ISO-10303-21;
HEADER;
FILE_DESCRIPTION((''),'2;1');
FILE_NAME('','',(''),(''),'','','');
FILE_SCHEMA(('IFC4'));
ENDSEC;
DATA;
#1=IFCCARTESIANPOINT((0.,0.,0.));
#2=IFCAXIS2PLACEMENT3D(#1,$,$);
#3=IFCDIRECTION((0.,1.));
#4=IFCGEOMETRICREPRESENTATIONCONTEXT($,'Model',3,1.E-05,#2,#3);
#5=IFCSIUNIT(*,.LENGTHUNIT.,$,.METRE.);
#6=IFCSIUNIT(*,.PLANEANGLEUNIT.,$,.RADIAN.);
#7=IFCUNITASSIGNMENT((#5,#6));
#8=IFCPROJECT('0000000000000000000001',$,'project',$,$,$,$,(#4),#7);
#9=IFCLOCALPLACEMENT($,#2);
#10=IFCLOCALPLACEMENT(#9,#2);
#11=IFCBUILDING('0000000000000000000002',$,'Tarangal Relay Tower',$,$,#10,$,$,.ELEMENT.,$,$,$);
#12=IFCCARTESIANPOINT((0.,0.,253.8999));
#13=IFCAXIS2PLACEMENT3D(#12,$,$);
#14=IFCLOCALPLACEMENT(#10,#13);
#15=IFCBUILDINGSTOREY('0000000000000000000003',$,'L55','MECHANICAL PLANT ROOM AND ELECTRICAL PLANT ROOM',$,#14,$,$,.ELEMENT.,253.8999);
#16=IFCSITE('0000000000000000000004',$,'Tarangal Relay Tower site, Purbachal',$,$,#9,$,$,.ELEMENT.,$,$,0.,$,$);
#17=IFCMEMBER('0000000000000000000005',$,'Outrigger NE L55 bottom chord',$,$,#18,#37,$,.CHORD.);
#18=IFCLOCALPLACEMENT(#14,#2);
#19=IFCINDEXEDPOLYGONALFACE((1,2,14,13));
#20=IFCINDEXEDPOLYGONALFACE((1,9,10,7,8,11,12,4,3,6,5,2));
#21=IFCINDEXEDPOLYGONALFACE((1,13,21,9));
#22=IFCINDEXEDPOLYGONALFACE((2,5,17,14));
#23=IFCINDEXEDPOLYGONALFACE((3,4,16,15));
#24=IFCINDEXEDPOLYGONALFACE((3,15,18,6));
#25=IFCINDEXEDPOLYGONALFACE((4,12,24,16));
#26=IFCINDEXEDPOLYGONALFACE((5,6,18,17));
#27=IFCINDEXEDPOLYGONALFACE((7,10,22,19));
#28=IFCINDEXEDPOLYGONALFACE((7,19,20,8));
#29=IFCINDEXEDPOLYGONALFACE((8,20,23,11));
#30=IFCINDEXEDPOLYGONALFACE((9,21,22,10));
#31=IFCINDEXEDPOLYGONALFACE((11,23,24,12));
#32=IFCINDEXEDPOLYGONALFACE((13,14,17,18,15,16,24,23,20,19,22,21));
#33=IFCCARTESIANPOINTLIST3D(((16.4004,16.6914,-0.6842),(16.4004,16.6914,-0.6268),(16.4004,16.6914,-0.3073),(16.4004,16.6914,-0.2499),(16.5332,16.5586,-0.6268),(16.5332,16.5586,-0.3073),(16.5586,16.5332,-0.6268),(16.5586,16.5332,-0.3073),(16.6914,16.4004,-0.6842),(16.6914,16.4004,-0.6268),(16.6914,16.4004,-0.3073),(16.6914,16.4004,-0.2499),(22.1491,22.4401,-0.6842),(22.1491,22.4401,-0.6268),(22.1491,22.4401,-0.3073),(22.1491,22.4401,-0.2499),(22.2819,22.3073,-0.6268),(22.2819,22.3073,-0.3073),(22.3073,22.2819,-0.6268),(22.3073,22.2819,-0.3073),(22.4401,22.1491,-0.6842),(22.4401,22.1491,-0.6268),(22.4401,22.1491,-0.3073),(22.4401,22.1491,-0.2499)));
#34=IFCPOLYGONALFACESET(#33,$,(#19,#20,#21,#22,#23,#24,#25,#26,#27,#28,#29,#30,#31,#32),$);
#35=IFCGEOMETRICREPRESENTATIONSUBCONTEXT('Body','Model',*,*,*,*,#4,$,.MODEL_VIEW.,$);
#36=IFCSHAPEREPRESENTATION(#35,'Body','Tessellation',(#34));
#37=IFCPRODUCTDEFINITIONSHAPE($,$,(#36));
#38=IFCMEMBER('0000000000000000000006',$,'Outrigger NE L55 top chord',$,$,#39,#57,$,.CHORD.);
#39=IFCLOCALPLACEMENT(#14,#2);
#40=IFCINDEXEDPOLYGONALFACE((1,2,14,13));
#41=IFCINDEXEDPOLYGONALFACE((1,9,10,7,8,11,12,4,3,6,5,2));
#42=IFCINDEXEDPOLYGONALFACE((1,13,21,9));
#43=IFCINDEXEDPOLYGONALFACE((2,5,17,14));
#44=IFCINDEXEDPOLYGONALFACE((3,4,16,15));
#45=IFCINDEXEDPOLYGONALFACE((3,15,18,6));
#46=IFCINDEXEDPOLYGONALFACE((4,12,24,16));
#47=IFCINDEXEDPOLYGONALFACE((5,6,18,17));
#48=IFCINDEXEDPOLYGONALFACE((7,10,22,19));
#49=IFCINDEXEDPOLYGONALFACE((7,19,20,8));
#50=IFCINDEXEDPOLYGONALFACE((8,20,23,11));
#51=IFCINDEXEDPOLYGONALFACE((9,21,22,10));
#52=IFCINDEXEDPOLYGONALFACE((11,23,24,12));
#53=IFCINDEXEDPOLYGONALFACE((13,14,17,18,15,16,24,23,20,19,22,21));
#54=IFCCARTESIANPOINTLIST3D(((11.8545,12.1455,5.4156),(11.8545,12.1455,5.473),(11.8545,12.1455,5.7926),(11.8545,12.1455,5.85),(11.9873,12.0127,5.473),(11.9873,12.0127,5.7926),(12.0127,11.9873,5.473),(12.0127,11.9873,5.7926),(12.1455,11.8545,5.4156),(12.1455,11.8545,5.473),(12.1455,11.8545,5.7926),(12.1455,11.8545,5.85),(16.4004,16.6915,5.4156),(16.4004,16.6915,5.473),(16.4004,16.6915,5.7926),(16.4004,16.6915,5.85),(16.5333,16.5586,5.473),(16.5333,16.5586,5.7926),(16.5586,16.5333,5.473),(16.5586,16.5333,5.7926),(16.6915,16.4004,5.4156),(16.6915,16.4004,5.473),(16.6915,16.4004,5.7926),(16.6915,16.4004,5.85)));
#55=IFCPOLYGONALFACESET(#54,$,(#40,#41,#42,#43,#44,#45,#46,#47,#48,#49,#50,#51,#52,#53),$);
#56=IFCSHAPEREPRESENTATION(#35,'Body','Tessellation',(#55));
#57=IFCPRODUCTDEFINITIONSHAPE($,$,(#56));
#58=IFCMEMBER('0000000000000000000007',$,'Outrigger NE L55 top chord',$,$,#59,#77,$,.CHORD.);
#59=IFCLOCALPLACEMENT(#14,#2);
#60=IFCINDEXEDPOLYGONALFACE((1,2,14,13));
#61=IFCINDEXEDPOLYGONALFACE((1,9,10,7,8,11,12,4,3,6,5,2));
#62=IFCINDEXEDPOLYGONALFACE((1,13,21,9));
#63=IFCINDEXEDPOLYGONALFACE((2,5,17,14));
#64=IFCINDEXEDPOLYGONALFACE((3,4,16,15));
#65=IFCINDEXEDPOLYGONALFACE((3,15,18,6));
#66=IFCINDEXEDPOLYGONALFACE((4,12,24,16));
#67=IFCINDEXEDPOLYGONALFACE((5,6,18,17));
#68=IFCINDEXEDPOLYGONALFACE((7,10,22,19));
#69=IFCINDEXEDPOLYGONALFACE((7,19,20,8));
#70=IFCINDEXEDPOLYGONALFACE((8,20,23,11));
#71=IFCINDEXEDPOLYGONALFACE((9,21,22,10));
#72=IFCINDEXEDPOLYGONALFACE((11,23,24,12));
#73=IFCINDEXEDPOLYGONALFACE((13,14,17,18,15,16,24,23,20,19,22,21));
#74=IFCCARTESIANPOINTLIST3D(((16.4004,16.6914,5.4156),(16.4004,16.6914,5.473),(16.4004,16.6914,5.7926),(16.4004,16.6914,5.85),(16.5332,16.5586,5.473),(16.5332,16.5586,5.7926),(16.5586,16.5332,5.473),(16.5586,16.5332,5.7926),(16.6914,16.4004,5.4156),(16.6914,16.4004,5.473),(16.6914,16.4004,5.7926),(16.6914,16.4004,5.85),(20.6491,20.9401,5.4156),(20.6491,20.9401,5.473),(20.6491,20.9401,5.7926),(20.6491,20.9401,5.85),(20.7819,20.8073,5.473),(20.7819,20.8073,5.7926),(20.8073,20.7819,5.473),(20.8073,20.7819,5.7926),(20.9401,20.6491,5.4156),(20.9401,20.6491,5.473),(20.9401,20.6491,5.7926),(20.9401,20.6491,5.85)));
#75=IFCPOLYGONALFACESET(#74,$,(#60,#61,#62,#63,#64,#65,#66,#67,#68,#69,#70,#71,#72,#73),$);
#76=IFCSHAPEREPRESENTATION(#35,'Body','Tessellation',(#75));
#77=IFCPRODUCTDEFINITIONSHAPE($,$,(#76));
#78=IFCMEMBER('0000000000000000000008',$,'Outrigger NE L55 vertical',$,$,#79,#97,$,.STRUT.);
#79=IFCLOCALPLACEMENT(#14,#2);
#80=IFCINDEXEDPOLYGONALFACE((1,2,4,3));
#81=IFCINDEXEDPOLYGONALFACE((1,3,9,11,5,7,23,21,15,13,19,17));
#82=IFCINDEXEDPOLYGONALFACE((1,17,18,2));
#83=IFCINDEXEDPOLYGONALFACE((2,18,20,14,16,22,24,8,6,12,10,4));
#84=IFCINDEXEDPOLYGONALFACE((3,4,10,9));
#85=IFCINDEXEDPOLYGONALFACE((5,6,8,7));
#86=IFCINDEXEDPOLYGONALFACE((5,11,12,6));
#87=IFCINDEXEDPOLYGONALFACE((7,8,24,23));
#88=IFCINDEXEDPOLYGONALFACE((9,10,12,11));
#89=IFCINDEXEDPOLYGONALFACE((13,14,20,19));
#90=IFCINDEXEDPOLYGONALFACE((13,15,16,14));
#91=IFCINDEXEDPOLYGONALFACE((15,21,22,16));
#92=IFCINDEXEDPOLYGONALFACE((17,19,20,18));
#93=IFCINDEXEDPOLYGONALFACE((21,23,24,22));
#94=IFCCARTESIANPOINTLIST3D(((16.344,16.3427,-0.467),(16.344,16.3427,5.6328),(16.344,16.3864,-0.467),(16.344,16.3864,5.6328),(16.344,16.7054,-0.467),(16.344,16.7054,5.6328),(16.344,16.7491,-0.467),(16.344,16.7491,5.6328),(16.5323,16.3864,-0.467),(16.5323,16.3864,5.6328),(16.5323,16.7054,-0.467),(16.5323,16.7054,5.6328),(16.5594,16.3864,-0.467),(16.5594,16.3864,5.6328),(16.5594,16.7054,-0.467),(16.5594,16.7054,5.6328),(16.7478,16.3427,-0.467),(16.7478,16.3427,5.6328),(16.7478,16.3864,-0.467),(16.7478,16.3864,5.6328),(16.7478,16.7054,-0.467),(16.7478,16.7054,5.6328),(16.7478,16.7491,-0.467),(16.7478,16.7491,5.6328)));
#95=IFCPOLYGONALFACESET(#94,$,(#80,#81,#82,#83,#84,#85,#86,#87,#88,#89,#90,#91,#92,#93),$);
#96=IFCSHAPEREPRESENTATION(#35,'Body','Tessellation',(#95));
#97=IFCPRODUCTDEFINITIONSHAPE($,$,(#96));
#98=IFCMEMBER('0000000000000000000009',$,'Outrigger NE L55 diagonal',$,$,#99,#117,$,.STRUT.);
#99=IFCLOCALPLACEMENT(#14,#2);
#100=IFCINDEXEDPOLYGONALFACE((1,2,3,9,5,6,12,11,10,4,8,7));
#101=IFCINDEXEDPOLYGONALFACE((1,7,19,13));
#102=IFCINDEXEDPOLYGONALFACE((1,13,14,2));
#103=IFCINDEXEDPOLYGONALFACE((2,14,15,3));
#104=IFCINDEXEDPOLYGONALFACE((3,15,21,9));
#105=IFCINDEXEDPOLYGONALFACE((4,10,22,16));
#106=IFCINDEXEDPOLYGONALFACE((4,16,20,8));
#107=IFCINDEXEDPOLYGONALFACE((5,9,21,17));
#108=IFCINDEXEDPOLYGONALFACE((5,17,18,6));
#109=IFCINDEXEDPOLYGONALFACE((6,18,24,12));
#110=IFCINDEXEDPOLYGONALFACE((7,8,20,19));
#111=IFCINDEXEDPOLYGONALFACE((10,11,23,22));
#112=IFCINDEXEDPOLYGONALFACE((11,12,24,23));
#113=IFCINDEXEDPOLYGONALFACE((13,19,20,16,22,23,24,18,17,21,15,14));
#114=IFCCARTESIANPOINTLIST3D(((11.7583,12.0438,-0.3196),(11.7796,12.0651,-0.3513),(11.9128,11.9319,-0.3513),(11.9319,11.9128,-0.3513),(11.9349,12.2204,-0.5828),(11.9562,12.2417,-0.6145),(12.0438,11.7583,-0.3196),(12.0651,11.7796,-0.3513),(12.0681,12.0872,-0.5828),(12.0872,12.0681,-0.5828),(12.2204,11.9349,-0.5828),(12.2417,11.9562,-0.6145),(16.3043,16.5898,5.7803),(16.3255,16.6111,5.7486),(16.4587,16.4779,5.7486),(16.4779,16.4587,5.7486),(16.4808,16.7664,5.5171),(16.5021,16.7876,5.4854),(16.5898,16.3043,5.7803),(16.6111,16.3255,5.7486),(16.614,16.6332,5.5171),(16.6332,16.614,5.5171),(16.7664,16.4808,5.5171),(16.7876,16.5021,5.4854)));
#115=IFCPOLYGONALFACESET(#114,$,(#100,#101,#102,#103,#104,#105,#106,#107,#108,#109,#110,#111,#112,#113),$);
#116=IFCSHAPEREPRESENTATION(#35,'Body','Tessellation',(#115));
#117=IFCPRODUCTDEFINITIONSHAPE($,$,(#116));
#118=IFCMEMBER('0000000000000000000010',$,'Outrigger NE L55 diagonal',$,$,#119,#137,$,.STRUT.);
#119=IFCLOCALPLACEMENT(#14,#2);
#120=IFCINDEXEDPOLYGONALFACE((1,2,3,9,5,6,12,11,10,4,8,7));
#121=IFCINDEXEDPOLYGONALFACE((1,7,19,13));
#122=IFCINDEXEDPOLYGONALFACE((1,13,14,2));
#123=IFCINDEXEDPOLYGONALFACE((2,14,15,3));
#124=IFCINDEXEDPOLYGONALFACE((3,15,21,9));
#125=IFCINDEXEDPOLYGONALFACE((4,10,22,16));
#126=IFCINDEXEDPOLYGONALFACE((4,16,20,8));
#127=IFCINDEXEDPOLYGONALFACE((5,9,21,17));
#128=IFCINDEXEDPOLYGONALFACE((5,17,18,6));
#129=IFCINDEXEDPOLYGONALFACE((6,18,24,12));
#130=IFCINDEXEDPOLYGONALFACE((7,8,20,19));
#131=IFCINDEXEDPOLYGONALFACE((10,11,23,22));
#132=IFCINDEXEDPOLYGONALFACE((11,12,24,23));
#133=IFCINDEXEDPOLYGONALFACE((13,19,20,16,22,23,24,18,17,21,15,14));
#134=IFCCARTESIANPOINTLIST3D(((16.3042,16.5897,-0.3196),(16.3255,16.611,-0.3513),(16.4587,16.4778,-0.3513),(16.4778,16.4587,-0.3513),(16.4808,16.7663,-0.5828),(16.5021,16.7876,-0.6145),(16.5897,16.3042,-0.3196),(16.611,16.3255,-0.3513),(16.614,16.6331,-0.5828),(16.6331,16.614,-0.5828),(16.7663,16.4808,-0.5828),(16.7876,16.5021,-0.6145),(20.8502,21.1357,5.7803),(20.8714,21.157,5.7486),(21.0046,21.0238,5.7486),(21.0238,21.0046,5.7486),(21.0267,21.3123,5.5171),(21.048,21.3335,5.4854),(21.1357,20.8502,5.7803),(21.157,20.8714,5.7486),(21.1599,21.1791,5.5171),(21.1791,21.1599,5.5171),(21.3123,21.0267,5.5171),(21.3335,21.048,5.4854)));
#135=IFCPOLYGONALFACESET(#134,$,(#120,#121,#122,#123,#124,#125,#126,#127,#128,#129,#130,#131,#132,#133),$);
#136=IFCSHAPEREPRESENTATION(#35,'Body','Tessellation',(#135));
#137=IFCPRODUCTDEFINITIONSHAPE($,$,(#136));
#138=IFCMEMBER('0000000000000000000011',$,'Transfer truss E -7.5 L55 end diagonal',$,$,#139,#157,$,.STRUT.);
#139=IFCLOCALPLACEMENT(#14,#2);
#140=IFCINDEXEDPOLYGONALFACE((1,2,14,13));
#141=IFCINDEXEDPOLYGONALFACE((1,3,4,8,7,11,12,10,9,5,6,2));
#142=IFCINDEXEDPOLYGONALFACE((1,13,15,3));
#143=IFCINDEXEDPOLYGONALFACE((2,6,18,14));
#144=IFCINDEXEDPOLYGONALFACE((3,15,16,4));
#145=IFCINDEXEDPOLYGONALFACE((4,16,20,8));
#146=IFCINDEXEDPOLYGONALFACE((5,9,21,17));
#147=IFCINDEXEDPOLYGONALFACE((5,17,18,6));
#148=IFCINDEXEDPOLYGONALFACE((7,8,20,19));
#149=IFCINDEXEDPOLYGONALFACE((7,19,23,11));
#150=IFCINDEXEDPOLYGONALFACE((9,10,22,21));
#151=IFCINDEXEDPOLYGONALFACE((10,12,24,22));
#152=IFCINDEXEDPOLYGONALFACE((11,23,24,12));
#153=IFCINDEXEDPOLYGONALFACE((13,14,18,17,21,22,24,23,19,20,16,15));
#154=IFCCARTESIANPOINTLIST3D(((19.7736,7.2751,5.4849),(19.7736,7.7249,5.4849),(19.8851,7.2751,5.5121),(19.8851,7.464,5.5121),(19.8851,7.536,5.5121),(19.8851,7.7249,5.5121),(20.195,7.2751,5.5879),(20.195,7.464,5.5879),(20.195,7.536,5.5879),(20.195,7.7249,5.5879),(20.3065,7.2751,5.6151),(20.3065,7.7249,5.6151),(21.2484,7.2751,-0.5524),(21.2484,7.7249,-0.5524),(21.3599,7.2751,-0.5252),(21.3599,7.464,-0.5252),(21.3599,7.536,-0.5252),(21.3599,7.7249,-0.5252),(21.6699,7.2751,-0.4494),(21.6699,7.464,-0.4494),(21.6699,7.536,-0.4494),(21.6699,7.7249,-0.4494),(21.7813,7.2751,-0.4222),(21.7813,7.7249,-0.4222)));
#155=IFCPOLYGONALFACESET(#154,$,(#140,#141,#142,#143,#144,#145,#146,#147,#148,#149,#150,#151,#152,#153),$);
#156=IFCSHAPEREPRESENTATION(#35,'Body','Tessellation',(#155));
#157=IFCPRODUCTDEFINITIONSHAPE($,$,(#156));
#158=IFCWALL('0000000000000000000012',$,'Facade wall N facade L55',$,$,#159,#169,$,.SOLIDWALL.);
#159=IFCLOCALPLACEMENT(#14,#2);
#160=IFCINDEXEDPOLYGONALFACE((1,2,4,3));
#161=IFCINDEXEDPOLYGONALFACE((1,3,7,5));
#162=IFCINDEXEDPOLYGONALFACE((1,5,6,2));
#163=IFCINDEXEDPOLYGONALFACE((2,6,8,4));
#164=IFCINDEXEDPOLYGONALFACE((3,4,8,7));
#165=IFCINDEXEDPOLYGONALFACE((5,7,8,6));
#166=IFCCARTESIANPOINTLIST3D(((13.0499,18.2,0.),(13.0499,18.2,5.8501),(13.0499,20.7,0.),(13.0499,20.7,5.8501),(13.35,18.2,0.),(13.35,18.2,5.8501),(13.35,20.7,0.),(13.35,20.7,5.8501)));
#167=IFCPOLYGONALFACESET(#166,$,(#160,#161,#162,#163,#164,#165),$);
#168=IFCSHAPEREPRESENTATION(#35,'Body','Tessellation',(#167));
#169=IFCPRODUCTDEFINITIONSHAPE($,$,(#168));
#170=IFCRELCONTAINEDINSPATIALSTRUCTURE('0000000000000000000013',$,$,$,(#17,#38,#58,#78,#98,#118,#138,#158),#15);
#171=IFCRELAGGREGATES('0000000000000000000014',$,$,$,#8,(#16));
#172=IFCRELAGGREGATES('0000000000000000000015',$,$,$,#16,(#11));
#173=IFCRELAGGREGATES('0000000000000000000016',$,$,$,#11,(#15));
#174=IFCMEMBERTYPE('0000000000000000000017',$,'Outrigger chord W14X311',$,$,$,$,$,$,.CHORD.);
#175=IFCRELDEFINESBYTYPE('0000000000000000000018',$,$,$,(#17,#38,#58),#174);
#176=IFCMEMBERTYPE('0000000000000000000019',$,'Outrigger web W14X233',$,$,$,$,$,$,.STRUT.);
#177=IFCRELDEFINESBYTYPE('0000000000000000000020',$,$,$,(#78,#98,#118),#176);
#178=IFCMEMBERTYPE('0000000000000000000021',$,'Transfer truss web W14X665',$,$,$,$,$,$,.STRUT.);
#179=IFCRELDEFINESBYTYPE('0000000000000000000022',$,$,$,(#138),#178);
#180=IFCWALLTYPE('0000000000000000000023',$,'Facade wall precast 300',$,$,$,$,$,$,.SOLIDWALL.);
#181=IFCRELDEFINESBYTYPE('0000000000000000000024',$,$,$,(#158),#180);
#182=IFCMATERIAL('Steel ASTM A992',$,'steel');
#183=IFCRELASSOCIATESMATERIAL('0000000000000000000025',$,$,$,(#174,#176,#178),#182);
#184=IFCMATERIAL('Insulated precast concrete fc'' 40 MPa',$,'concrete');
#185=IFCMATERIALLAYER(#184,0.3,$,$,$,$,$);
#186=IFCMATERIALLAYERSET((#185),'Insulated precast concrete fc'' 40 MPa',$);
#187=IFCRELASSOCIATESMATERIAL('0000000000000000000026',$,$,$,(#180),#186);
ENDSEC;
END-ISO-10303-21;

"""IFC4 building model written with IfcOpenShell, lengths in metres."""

from ifc_helpers import new_model, si_unit, direction, frame, frame_2d, origin, origin_2d, place, context, subcontext, project, spatial, rectangle, i_section, extrude, clip, halfspace, material, layer, layer_set, material_profile, profile_set, type_object, element, save


model = new_model("IFC4")

# Units and contexts
model_context = context("Model", 3, precision=1e-05, world=origin(), true_north=direction((0.0, 1.0)))
body_context = subcontext(model_context, "Body", "Model", "MODEL_VIEW")
ifc_project = project(units=[si_unit("LENGTHUNIT", "METRE"), si_unit("PLANEANGLEUNIT", "RADIAN")], contexts=[model_context])

# Site, building, storey
site_placement = place(None, origin())
site = spatial("IfcSite", under=ifc_project, at=site_placement, Name="Tarangal Relay Tower site, Purbachal", CompositionType="ELEMENT", RefElevation=0.0)
building_placement = place(site_placement, origin())
building = spatial("IfcBuilding", under=site, at=building_placement, Name="Tarangal Relay Tower", CompositionType="ELEMENT")
storey_placement = place(building_placement, frame((0.0, 0.0, 253.8999)))
storey = spatial("IfcBuildingStorey", under=building, at=storey_placement, Name="L55", Description="MECHANICAL PLANT ROOM AND ELECTRICAL PLANT ROOM", CompositionType="ELEMENT", Elevation=253.8999)

# Shared definitions
ifc_material_1 = material(Name="Steel ASTM A992", Category="steel")

# Members
ifc_material_profile_1 = material_profile(ifc_material_1, i_section(OverallWidth=0.4116, OverallDepth=0.4343, WebThickness=0.0359, FlangeThickness=0.0574, at=origin_2d()), Name="W14X311")
ifc_profile_set_1 = profile_set([ifc_material_profile_1], Name="Steel ASTM A992")
member_type_1 = type_object("IfcMemberType", Name="Outrigger chord W14X311", PredefinedType="CHORD", material=ifc_profile_set_1)
member_1_placement = place(storey_placement, frame((16.5459, 16.5459, -0.467), z_axis=(0.707107, 0.707107, 0.0), x_axis=(-0.707107, 0.707107, 0.0)))
element("IfcMember", 1, at=member_1_placement, inside=storey, type_object=member_type_1, Name="Outrigger NE L55 bottom chord", PredefinedType="CHORD", context=body_context, shape_type="Clipping", body=[
    clip(extrude(i_section(OverallWidth=0.4116, OverallDepth=0.4343, WebThickness=0.0359, FlangeThickness=0.0574, at=origin_2d()), origin(), (0.0, 0.0, 1.0), 8.4204), halfspace(frame((0.0, 0.0, 8.1299)), False)),
])
member_2_placement = place(storey_placement, frame((12.0, 12.0, 5.6328), z_axis=(0.707107, 0.707107, 0.0), x_axis=(-0.707107, 0.707107, 0.0)))
element("IfcMember", 2, at=member_2_placement, inside=storey, type_object=member_type_1, Name="Outrigger NE L55 top chord", PredefinedType="CHORD", context=body_context, shape_type="SweptSolid", body=[
    extrude(i_section(OverallWidth=0.4116, OverallDepth=0.4343, WebThickness=0.0359, FlangeThickness=0.0574, at=origin_2d()), origin(), (0.0, 0.0, 1.0), 6.429),
])
member_3_placement = place(storey_placement, frame((16.5459, 16.5459, 5.6328), z_axis=(0.707107, 0.707107, 0.0), x_axis=(-0.707107, 0.707107, 0.0)))
element("IfcMember", 3, at=member_3_placement, inside=storey, type_object=member_type_1, Name="Outrigger NE L55 top chord", PredefinedType="CHORD", context=body_context, shape_type="Clipping", body=[
    clip(extrude(i_section(OverallWidth=0.4116, OverallDepth=0.4343, WebThickness=0.0359, FlangeThickness=0.0574, at=origin_2d()), origin(), (0.0, 0.0, 1.0), 6.429), halfspace(frame((0.0, 0.0, 6.0085)), False)),
])
ifc_material_profile_2 = material_profile(ifc_material_1, i_section(OverallWidth=0.4038, OverallDepth=0.4065, WebThickness=0.0271, FlangeThickness=0.0437, at=origin_2d()), Name="W14X233")
ifc_profile_set_2 = profile_set([ifc_material_profile_2], Name="Steel ASTM A992")
member_type_2 = type_object("IfcMemberType", Name="Outrigger web W14X233", PredefinedType="STRUT", material=ifc_profile_set_2)
member_4_placement = place(storey_placement, frame((16.5459, 16.5459, -0.467), z_axis=(0.0, 0.0, 1.0), x_axis=(1.0, 0.0, 0.0)))
element("IfcMember", 4, at=member_4_placement, inside=storey, type_object=member_type_2, Name="Outrigger NE L55 vertical", PredefinedType="STRUT", context=body_context, shape_type="SweptSolid", body=[
    extrude(i_section(OverallWidth=0.4038, OverallDepth=0.4065, WebThickness=0.0271, FlangeThickness=0.0437, at=origin_2d()), origin(), (0.0, 0.0, 1.0), 6.0999),
])
for number, where, z_axis, x_axis, name in (
    (5, (12.0, 12.0, -0.467), (0.512954, 0.512954, 0.6883), (-0.707107, 0.707107, 0.0), "Outrigger NE L55 diagonal"),
    (6, (16.5459, 16.5459, -0.467), (0.512954, 0.512954, 0.6883), (-0.707107, 0.707107, 0.0), "Outrigger NE L55 diagonal"),
):
    element("IfcMember", number, at=place(storey_placement, frame(where, z_axis=z_axis, x_axis=x_axis)), inside=storey, type_object=member_type_2, Name=name, PredefinedType="STRUT", context=body_context, shape_type="SweptSolid", body=[
        extrude(i_section(OverallWidth=0.4038, OverallDepth=0.4065, WebThickness=0.0271, FlangeThickness=0.0437, at=origin_2d()), origin(), (0.0, 0.0, 1.0), 8.8623),
    ])
ifc_material_profile_3 = material_profile(ifc_material_1, i_section(OverallWidth=0.4497, OverallDepth=0.5486, WebThickness=0.072, FlangeThickness=0.1147, at=origin_2d()), Name="W14X665")
ifc_profile_set_3 = profile_set([ifc_material_profile_3], Name="Steel ASTM A992")
member_type_3 = type_object("IfcMemberType", Name="Transfer truss web W14X665", PredefinedType="STRUT", material=ifc_profile_set_3)
member_5_placement = place(storey_placement, frame((21.5149, 7.5, -0.4873), z_axis=(-0.23731, 0.0, 0.971434), x_axis=(0.0, -1.0, 0.0)))
element("IfcMember", 7, at=member_5_placement, inside=storey, type_object=member_type_3, Name="Transfer truss E -7.5 L55 end diagonal", PredefinedType="STRUT", context=body_context, shape_type="SweptSolid", body=[
    extrude(i_section(OverallWidth=0.4497, OverallDepth=0.5486, WebThickness=0.072, FlangeThickness=0.1147, at=origin_2d()), origin(), (0.0, 0.0, 1.0), 6.2148),
])

# Wall
ifc_material_2 = material(Name="Insulated precast concrete fc' 40 MPa", Category="concrete")
ifc_layer_1 = layer(ifc_material_2, 0.3)
ifc_layer_set_1 = layer_set([ifc_layer_1], Name="Insulated precast concrete fc' 40 MPa")
wall_type_1 = type_object("IfcWallType", Name="Facade wall precast 300", PredefinedType="SOLIDWALL", material=ifc_layer_set_1)
wall_1_placement = place(storey_placement, frame((13.2, 20.7, 0.0), z_axis=(0.0, 0.0, 1.0), x_axis=(0.0, -1.0, 0.0)))
element("IfcWall", 8, at=wall_1_placement, inside=storey, type_object=wall_type_1, Name="Facade wall N facade L55", PredefinedType="SOLIDWALL", context=body_context, shape_type="SweptSolid", body=[
    extrude(rectangle(XDim=2.5, YDim=0.3, at=frame_2d((1.25, 0.0))), origin(), (0.0, 0.0, 1.0), 5.8501),
])

save(model, "model.ifc")
